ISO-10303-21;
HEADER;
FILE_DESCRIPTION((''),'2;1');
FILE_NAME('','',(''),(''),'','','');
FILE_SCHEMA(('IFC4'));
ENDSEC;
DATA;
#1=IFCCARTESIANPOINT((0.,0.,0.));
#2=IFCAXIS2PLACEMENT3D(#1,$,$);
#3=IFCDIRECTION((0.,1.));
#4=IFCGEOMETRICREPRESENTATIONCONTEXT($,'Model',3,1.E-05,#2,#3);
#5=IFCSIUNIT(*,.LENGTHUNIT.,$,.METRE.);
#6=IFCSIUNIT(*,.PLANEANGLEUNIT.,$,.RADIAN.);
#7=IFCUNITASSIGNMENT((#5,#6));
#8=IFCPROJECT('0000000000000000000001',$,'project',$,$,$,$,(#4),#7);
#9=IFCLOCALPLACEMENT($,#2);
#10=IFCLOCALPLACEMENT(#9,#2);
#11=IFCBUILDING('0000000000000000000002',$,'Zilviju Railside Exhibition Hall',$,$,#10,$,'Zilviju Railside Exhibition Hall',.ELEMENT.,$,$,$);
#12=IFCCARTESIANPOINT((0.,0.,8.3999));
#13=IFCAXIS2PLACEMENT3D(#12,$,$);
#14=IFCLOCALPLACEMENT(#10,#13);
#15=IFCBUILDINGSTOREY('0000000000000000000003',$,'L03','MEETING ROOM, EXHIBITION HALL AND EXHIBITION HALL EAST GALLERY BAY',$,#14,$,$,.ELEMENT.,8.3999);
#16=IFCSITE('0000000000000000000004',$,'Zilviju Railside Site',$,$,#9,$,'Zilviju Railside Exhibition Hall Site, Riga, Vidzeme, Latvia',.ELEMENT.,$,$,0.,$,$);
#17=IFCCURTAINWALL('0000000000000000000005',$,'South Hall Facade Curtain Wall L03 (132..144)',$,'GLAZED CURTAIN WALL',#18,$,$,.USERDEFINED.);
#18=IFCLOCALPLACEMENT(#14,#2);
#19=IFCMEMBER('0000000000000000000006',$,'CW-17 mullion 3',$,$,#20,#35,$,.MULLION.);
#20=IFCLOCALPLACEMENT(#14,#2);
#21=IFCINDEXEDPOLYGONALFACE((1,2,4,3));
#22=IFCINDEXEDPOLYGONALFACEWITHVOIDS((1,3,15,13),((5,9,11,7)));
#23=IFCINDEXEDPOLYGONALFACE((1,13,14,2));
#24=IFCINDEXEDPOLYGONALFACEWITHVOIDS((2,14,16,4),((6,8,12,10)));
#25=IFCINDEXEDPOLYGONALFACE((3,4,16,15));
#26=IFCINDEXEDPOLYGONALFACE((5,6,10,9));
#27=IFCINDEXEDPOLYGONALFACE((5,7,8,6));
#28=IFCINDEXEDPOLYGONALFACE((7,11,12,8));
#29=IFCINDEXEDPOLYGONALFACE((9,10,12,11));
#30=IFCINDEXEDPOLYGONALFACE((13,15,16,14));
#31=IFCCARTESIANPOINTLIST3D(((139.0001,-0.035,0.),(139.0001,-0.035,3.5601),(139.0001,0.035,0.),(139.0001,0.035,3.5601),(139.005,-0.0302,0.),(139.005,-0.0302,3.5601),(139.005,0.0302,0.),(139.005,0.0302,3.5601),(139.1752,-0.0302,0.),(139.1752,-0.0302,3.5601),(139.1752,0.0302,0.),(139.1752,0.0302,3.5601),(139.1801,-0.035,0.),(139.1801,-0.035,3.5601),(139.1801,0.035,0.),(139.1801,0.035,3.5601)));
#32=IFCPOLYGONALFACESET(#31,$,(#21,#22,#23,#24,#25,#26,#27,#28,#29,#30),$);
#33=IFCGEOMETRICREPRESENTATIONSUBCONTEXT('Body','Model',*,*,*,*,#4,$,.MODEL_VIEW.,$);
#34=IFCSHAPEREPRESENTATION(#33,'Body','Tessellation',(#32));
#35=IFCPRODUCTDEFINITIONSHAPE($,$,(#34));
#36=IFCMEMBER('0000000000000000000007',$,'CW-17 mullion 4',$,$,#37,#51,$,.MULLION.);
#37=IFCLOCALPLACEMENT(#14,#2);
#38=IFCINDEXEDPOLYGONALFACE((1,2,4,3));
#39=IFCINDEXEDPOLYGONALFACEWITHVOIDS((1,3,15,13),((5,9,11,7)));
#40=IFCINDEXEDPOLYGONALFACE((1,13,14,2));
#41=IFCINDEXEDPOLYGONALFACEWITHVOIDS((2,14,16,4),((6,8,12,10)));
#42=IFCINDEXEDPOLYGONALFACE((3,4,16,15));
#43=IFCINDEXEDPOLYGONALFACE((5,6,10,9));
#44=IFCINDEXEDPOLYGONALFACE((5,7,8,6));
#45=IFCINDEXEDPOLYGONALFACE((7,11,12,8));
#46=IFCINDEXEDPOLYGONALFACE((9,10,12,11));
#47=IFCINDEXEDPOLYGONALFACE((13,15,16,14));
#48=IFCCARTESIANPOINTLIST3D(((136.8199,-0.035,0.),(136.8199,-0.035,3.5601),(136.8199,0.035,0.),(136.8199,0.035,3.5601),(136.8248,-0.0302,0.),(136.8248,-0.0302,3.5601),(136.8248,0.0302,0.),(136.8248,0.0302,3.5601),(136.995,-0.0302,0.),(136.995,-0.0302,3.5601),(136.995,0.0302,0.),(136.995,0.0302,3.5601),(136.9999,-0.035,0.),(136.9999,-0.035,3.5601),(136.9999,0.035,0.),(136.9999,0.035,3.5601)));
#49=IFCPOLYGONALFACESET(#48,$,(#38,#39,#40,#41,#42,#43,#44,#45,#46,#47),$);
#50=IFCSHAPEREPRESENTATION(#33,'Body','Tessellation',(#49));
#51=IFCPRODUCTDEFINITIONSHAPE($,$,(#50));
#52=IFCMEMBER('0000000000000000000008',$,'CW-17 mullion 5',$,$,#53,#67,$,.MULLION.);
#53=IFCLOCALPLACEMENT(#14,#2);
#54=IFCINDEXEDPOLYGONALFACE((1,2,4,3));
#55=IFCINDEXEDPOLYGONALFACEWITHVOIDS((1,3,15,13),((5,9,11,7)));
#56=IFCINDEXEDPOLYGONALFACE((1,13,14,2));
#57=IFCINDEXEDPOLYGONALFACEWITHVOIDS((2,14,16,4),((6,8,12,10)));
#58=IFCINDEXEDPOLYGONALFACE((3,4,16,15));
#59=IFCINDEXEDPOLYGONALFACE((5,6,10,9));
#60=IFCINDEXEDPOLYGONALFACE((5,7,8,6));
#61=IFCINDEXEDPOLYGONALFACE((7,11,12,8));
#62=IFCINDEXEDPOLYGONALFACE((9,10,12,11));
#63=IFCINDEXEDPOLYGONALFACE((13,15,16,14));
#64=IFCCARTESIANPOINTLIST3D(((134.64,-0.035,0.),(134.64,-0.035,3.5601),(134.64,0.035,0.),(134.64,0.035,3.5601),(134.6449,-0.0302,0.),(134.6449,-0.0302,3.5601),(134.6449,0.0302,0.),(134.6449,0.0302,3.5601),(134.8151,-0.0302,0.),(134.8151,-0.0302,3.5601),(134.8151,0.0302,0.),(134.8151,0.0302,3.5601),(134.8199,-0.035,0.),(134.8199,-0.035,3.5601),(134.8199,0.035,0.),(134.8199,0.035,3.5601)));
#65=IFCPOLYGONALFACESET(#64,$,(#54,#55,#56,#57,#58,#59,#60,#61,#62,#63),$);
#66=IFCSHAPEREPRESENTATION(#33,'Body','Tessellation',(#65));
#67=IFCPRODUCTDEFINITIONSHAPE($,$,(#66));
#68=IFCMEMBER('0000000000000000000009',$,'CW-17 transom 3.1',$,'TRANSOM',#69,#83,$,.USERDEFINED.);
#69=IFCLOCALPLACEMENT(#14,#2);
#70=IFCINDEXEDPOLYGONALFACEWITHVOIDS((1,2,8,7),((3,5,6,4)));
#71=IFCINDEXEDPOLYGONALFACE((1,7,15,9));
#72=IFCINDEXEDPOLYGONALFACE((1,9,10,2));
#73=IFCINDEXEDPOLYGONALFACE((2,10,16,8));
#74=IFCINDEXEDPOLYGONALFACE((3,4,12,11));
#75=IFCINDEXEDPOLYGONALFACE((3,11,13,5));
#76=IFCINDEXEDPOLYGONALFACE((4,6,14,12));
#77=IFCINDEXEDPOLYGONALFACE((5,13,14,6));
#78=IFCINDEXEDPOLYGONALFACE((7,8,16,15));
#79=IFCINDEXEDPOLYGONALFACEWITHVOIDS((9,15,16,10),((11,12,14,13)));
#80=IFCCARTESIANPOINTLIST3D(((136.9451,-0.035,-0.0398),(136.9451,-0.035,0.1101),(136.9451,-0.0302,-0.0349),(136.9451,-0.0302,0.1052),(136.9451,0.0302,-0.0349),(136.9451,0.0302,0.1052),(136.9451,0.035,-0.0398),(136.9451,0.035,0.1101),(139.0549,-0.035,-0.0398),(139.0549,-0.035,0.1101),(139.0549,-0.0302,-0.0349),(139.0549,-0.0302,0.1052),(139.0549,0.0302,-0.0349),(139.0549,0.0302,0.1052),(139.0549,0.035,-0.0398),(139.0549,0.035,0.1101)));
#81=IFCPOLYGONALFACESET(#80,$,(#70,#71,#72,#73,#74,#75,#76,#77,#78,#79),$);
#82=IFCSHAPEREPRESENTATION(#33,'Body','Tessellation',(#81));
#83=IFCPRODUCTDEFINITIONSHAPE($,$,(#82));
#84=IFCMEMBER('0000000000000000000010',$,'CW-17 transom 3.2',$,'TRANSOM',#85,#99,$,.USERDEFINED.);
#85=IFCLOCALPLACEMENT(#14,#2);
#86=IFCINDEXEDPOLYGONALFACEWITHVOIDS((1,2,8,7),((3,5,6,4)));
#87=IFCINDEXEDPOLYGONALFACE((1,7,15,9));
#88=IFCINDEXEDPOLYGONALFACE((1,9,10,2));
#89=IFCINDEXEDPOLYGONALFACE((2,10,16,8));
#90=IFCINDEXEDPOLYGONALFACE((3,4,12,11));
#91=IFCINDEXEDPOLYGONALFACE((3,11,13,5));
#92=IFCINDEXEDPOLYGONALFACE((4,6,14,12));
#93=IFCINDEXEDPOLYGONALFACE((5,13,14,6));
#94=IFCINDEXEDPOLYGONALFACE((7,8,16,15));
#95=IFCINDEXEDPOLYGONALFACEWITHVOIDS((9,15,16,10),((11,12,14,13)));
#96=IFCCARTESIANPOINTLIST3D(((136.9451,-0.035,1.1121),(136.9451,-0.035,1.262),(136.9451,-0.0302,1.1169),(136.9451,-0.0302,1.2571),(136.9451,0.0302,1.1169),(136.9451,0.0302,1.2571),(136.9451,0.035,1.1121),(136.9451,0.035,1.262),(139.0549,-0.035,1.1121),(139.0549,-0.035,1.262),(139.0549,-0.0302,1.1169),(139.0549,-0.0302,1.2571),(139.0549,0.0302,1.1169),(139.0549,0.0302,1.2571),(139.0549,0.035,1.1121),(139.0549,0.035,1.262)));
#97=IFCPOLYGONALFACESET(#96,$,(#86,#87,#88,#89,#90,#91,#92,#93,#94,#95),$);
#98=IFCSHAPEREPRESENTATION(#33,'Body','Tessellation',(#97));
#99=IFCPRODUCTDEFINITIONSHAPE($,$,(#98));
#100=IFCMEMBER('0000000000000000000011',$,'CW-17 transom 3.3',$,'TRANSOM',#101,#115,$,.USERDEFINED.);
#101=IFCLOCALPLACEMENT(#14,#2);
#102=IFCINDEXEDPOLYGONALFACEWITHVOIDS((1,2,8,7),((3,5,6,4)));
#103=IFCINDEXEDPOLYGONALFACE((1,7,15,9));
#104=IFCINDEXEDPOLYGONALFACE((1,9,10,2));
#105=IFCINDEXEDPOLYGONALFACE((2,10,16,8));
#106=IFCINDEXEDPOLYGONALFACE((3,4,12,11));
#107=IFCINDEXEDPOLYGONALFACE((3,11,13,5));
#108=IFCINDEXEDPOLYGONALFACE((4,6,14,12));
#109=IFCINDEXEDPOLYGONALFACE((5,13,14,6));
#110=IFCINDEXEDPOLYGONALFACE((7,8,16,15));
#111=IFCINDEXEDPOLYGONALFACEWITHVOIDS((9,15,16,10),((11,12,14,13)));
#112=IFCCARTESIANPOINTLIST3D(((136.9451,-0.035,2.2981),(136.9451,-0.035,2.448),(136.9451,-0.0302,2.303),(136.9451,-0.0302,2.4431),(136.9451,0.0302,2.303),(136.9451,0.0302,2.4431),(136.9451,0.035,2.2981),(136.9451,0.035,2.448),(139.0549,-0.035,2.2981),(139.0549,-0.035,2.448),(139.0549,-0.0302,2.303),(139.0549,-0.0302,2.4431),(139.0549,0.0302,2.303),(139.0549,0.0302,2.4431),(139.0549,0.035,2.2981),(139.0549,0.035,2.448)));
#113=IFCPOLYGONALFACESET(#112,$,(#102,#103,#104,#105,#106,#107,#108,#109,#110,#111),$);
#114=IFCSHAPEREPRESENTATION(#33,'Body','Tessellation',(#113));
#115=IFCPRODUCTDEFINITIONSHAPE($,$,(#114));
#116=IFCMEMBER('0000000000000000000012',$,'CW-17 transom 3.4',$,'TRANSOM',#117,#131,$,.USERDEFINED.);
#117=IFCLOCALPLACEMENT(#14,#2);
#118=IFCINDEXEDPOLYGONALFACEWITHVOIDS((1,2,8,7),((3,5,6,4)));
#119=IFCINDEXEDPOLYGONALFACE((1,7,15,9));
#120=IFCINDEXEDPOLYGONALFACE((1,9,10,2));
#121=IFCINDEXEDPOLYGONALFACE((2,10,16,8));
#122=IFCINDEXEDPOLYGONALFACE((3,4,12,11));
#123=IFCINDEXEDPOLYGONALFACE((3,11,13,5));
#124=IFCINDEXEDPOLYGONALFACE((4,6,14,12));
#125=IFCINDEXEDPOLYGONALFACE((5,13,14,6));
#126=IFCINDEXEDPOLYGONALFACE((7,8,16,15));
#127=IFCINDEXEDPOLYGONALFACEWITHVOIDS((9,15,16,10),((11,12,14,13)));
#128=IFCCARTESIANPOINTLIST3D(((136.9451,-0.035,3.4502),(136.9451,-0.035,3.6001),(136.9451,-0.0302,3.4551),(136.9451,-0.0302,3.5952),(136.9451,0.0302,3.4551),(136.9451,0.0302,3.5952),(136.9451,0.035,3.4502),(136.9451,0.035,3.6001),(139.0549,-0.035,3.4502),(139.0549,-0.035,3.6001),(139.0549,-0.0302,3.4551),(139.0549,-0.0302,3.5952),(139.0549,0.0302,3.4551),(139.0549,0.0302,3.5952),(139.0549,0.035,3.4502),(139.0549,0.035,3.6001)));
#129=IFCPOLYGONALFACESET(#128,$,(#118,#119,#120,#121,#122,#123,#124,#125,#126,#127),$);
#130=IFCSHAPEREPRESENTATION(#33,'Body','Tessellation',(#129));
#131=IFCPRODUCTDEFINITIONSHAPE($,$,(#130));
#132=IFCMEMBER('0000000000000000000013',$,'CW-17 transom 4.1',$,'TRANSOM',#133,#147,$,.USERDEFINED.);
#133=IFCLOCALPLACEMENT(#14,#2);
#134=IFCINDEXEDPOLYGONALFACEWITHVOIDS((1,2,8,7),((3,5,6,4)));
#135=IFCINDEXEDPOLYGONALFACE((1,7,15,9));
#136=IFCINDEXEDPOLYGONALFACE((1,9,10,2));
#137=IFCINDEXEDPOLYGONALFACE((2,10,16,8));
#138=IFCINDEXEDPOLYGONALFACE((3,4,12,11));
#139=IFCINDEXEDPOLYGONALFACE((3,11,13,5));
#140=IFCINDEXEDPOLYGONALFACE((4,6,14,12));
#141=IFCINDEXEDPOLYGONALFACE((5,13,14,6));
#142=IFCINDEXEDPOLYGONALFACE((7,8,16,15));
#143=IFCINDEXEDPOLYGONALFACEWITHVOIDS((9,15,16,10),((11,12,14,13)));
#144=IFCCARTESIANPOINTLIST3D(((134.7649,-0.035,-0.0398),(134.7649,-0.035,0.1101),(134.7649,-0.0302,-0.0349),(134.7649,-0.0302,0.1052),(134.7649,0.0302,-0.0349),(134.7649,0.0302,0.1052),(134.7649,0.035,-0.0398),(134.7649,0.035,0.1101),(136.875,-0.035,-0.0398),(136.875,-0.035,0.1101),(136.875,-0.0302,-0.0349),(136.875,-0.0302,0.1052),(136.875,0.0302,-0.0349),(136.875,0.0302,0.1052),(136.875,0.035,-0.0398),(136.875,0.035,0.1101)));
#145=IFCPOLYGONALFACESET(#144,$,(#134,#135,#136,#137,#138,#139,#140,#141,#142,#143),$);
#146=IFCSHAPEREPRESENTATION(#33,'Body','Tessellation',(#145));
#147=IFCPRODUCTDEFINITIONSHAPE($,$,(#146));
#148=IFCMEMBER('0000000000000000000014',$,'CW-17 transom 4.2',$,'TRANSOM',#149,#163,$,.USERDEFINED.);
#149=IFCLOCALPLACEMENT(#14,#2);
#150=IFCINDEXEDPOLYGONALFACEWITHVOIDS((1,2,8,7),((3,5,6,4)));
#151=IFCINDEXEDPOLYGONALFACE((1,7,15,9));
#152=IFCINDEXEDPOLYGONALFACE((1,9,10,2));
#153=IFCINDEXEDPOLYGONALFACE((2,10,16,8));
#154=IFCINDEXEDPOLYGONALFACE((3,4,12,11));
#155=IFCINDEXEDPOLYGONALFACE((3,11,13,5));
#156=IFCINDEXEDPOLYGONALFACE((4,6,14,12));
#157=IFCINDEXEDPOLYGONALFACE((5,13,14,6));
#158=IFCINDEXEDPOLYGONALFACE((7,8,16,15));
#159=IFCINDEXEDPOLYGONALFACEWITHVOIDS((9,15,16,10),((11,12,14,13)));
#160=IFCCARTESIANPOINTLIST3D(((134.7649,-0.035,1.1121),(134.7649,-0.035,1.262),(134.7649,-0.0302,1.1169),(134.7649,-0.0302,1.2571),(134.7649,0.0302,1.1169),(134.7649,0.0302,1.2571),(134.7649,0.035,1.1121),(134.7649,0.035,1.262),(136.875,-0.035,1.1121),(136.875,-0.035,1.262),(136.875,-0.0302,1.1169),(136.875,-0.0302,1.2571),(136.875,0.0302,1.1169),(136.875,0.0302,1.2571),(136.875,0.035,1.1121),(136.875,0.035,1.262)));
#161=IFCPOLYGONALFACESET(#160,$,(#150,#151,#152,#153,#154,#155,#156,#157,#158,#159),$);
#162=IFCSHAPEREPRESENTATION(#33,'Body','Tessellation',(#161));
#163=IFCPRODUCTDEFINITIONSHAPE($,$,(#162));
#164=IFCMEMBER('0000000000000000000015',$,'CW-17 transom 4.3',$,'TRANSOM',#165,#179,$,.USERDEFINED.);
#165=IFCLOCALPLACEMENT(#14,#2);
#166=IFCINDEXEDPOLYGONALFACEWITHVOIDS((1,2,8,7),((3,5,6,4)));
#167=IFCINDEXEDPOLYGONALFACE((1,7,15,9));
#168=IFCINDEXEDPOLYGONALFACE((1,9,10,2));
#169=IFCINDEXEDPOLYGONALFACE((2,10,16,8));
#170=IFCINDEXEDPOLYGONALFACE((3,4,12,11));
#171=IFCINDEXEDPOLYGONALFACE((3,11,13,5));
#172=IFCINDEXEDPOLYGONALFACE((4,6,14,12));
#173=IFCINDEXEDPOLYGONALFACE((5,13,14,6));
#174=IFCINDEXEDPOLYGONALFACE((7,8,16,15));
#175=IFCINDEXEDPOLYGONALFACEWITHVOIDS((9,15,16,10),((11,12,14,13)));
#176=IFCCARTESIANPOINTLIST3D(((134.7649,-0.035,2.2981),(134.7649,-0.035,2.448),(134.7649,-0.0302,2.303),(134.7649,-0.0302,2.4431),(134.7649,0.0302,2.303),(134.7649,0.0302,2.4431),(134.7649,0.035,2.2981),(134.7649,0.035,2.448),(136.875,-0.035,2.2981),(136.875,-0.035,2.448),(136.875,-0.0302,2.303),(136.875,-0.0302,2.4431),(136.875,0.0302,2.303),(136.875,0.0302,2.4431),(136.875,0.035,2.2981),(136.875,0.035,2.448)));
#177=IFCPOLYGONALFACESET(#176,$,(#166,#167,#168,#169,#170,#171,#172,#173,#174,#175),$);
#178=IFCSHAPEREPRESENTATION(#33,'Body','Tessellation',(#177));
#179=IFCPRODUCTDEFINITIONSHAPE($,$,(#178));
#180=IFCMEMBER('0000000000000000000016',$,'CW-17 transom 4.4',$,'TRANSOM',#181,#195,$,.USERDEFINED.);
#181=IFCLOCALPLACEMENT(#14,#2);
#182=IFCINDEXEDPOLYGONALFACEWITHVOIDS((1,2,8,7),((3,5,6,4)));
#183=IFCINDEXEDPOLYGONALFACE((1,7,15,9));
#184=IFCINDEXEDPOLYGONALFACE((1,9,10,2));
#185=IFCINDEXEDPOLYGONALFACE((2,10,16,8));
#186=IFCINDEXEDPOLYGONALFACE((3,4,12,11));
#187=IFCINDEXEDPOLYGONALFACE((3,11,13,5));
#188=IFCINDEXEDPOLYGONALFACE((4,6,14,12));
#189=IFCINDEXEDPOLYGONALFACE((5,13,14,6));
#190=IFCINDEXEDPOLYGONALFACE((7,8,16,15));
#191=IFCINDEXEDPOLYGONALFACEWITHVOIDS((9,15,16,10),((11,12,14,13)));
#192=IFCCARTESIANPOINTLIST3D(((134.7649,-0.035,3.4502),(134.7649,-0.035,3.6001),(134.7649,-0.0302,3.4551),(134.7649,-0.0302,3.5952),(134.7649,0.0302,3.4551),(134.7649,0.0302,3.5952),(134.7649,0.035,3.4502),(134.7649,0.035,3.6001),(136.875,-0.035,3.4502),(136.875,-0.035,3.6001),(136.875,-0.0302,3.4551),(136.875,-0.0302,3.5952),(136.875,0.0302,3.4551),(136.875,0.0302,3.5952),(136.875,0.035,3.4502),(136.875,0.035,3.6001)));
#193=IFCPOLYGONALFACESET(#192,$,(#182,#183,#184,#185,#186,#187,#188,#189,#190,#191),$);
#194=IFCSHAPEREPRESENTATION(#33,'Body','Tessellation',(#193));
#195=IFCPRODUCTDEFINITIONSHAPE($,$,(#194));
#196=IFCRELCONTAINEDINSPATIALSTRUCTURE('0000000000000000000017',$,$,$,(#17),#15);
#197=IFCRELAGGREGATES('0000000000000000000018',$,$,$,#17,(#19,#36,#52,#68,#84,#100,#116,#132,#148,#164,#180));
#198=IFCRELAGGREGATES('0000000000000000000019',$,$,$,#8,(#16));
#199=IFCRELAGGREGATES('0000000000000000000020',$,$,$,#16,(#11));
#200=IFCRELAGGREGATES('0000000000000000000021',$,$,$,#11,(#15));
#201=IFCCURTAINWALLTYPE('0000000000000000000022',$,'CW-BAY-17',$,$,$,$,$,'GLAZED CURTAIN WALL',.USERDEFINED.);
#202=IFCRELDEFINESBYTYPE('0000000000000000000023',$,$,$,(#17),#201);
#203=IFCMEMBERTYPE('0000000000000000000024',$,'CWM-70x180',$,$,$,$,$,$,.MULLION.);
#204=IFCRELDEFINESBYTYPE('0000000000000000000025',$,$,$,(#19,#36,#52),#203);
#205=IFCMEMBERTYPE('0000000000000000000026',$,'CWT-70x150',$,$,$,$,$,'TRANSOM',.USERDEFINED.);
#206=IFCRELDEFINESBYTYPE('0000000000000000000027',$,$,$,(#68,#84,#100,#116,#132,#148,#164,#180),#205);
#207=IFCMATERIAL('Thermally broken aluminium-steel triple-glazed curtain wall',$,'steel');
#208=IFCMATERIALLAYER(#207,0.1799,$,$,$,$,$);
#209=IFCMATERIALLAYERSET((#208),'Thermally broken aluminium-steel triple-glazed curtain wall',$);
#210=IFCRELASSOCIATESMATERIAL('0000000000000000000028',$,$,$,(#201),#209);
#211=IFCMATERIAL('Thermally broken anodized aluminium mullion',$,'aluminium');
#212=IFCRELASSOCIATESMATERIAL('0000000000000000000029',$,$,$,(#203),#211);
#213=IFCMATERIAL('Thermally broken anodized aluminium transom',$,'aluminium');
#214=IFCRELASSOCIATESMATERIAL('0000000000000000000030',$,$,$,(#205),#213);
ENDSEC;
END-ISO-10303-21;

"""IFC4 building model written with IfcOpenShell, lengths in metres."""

from ifc_helpers import new_model, si_unit, direction, frame, origin, origin_2d, place, context, subcontext, project, spatial, hollow_rectangle, extrude, material, layer, layer_set, material_profile, profile_set, type_object, element, aggregate, save


model = new_model("IFC4")

# Units and contexts
model_context = context("Model", 3, precision=1e-05, world=origin(), true_north=direction((0.0, 1.0)))
body_context = subcontext(model_context, "Body", "Model", "MODEL_VIEW")
ifc_project = project(units=[si_unit("LENGTHUNIT", "METRE"), si_unit("PLANEANGLEUNIT", "RADIAN")], contexts=[model_context])

# Site, building, storey
site_placement = place(None, origin())
site = spatial("IfcSite", under=ifc_project, at=site_placement, Name="Zilviju Railside Site", LongName="Zilviju Railside Exhibition Hall Site, Riga, Vidzeme, Latvia", CompositionType="ELEMENT", RefElevation=0.0)
building_placement = place(site_placement, origin())
building = spatial("IfcBuilding", under=site, at=building_placement, Name="Zilviju Railside Exhibition Hall", LongName="Zilviju Railside Exhibition Hall", CompositionType="ELEMENT")
storey_placement = place(building_placement, frame((0.0, 0.0, 8.3999)))
storey = spatial("IfcBuildingStorey", under=building, at=storey_placement, Name="L03", Description="MEETING ROOM, EXHIBITION HALL AND EXHIBITION HALL EAST GALLERY BAY", CompositionType="ELEMENT", Elevation=8.3999)

# Curtain wall, members
ifc_material_1 = material(Name="Thermally broken aluminium-steel triple-glazed curtain wall", Category="steel")
ifc_layer_1 = layer(ifc_material_1, 0.1799)
ifc_layer_set_1 = layer_set([ifc_layer_1], Name="Thermally broken aluminium-steel triple-glazed curtain wall")
curtain_wall_type = type_object("IfcCurtainWallType", Name="CW-BAY-17", ElementType="GLAZED CURTAIN WALL", PredefinedType="USERDEFINED", material=ifc_layer_set_1)
curtain_wall_placement = place(storey_placement, origin())
curtain_wall = element("IfcCurtainWall", 1, at=curtain_wall_placement, inside=storey, type_object=curtain_wall_type, Name="South Hall Facade Curtain Wall L03 (132..144)", ObjectType="GLAZED CURTAIN WALL", PredefinedType="USERDEFINED")
ifc_material_2 = material(Name="Thermally broken anodized aluminium mullion", Category="aluminium")
ifc_material_profile_1 = material_profile(ifc_material_2, hollow_rectangle(XDim=0.0701, YDim=0.1799, WallThickness=0.0049, at=origin_2d()), Name="MULLION 180x70x5")
ifc_profile_set_1 = profile_set([ifc_material_profile_1], Name="Thermally broken anodized aluminium mullion")
member_type_1 = type_object("IfcMemberType", Name="CWM-70x180", PredefinedType="MULLION", material=ifc_profile_set_1)
member_1_placement = place(storey_placement, frame((139.0901, 0.0, 0.0), z_axis=(0.0, 0.0, 1.0), x_axis=(0.0, -1.0, 0.0)))
member_1 = element("IfcMember", 2, at=member_1_placement, type_object=member_type_1, Name="CW-17 mullion 3", PredefinedType="MULLION", context=body_context, shape_type="SweptSolid", body=[
    extrude(hollow_rectangle(XDim=0.0701, YDim=0.1799, WallThickness=0.0049, at=origin_2d()), origin(), (0.0, 0.0, 1.0), 3.5601),
])
member_2_placement = place(storey_placement, frame((136.9099, 0.0, 0.0), z_axis=(0.0, 0.0, 1.0), x_axis=(0.0, -1.0, 0.0)))
member_2 = element("IfcMember", 3, at=member_2_placement, type_object=member_type_1, Name="CW-17 mullion 4", PredefinedType="MULLION", context=body_context, shape_type="SweptSolid", body=[
    extrude(hollow_rectangle(XDim=0.0701, YDim=0.1799, WallThickness=0.0049, at=origin_2d()), origin(), (0.0, 0.0, 1.0), 3.5601),
])
member_3_placement = place(storey_placement, frame((134.73, 0.0, 0.0), z_axis=(0.0, 0.0, 1.0), x_axis=(0.0, -1.0, 0.0)))
member_3 = element("IfcMember", 4, at=member_3_placement, type_object=member_type_1, Name="CW-17 mullion 5", PredefinedType="MULLION", context=body_context, shape_type="SweptSolid", body=[
    extrude(hollow_rectangle(XDim=0.0701, YDim=0.1799, WallThickness=0.0049, at=origin_2d()), origin(), (0.0, 0.0, 1.0), 3.5601),
])
ifc_material_3 = material(Name="Thermally broken anodized aluminium transom", Category="aluminium")
ifc_material_profile_2 = material_profile(ifc_material_3, hollow_rectangle(XDim=0.0701, YDim=0.1499, WallThickness=0.0049, at=origin_2d()), Name="TRANSOM 150x70x5")
ifc_profile_set_2 = profile_set([ifc_material_profile_2], Name="Thermally broken anodized aluminium transom")
member_type_2 = type_object("IfcMemberType", Name="CWT-70x150", ElementType="TRANSOM", PredefinedType="USERDEFINED", material=ifc_profile_set_2)
member_4_placement = place(storey_placement, frame((139.0549, 0.0, 0.0352), z_axis=(-1.0, 0.0, 0.0), x_axis=(0.0, -1.0, 0.0)))
member_4 = element("IfcMember", 5, at=member_4_placement, type_object=member_type_2, Name="CW-17 transom 3.1", ObjectType="TRANSOM", PredefinedType="USERDEFINED", context=body_context, shape_type="SweptSolid", body=[
    extrude(hollow_rectangle(XDim=0.0701, YDim=0.1499, WallThickness=0.0049, at=origin_2d()), origin(), (0.0, 0.0, 1.0), 2.1099),
])
member_5_placement = place(storey_placement, frame((139.0549, 0.0, 1.187), z_axis=(-1.0, 0.0, 0.0), x_axis=(0.0, -1.0, 0.0)))
member_5 = element("IfcMember", 6, at=member_5_placement, type_object=member_type_2, Name="CW-17 transom 3.2", ObjectType="TRANSOM", PredefinedType="USERDEFINED", context=body_context, shape_type="SweptSolid", body=[
    extrude(hollow_rectangle(XDim=0.0701, YDim=0.1499, WallThickness=0.0049, at=origin_2d()), origin(), (0.0, 0.0, 1.0), 2.1099),
])
member_6_placement = place(storey_placement, frame((139.0549, 0.0, 2.373), z_axis=(-1.0, 0.0, 0.0), x_axis=(0.0, -1.0, 0.0)))
member_6 = element("IfcMember", 7, at=member_6_placement, type_object=member_type_2, Name="CW-17 transom 3.3", ObjectType="TRANSOM", PredefinedType="USERDEFINED", context=body_context, shape_type="SweptSolid", body=[
    extrude(hollow_rectangle(XDim=0.0701, YDim=0.1499, WallThickness=0.0049, at=origin_2d()), origin(), (0.0, 0.0, 1.0), 2.1099),
])
member_7_placement = place(storey_placement, frame((139.0549, 0.0, 3.5251), z_axis=(-1.0, 0.0, 0.0), x_axis=(0.0, -1.0, 0.0)))
member_7 = element("IfcMember", 8, at=member_7_placement, type_object=member_type_2, Name="CW-17 transom 3.4", ObjectType="TRANSOM", PredefinedType="USERDEFINED", context=body_context, shape_type="SweptSolid", body=[
    extrude(hollow_rectangle(XDim=0.0701, YDim=0.1499, WallThickness=0.0049, at=origin_2d()), origin(), (0.0, 0.0, 1.0), 2.1099),
])
member_8_placement = place(storey_placement, frame((136.875, 0.0, 0.0352), z_axis=(-1.0, 0.0, 0.0), x_axis=(0.0, -1.0, 0.0)))
member_8 = element("IfcMember", 9, at=member_8_placement, type_object=member_type_2, Name="CW-17 transom 4.1", ObjectType="TRANSOM", PredefinedType="USERDEFINED", context=body_context, shape_type="SweptSolid", body=[
    extrude(hollow_rectangle(XDim=0.0701, YDim=0.1499, WallThickness=0.0049, at=origin_2d()), origin(), (0.0, 0.0, 1.0), 2.1101),
])
member_9_placement = place(storey_placement, frame((136.875, 0.0, 1.187), z_axis=(-1.0, 0.0, 0.0), x_axis=(0.0, -1.0, 0.0)))
member_9 = element("IfcMember", 10, at=member_9_placement, type_object=member_type_2, Name="CW-17 transom 4.2", ObjectType="TRANSOM", PredefinedType="USERDEFINED", context=body_context, shape_type="SweptSolid", body=[
    extrude(hollow_rectangle(XDim=0.0701, YDim=0.1499, WallThickness=0.0049, at=origin_2d()), origin(), (0.0, 0.0, 1.0), 2.1101),
])
member_10_placement = place(storey_placement, frame((136.875, 0.0, 2.373), z_axis=(-1.0, 0.0, 0.0), x_axis=(0.0, -1.0, 0.0)))
member_10 = element("IfcMember", 11, at=member_10_placement, type_object=member_type_2, Name="CW-17 transom 4.3", ObjectType="TRANSOM", PredefinedType="USERDEFINED", context=body_context, shape_type="SweptSolid", body=[
    extrude(hollow_rectangle(XDim=0.0701, YDim=0.1499, WallThickness=0.0049, at=origin_2d()), origin(), (0.0, 0.0, 1.0), 2.1101),
])
member_11_placement = place(storey_placement, frame((136.875, 0.0, 3.5251), z_axis=(-1.0, 0.0, 0.0), x_axis=(0.0, -1.0, 0.0)))
member_11 = element("IfcMember", 12, at=member_11_placement, type_object=member_type_2, Name="CW-17 transom 4.4", ObjectType="TRANSOM", PredefinedType="USERDEFINED", context=body_context, shape_type="SweptSolid", body=[
    extrude(hollow_rectangle(XDim=0.0701, YDim=0.1499, WallThickness=0.0049, at=origin_2d()), origin(), (0.0, 0.0, 1.0), 2.1101),
])
aggregate(curtain_wall, [member_1, member_2, member_3, member_4, member_5, member_6, member_7, member_8, member_9, member_10, member_11])

save(model, "model.ifc")
